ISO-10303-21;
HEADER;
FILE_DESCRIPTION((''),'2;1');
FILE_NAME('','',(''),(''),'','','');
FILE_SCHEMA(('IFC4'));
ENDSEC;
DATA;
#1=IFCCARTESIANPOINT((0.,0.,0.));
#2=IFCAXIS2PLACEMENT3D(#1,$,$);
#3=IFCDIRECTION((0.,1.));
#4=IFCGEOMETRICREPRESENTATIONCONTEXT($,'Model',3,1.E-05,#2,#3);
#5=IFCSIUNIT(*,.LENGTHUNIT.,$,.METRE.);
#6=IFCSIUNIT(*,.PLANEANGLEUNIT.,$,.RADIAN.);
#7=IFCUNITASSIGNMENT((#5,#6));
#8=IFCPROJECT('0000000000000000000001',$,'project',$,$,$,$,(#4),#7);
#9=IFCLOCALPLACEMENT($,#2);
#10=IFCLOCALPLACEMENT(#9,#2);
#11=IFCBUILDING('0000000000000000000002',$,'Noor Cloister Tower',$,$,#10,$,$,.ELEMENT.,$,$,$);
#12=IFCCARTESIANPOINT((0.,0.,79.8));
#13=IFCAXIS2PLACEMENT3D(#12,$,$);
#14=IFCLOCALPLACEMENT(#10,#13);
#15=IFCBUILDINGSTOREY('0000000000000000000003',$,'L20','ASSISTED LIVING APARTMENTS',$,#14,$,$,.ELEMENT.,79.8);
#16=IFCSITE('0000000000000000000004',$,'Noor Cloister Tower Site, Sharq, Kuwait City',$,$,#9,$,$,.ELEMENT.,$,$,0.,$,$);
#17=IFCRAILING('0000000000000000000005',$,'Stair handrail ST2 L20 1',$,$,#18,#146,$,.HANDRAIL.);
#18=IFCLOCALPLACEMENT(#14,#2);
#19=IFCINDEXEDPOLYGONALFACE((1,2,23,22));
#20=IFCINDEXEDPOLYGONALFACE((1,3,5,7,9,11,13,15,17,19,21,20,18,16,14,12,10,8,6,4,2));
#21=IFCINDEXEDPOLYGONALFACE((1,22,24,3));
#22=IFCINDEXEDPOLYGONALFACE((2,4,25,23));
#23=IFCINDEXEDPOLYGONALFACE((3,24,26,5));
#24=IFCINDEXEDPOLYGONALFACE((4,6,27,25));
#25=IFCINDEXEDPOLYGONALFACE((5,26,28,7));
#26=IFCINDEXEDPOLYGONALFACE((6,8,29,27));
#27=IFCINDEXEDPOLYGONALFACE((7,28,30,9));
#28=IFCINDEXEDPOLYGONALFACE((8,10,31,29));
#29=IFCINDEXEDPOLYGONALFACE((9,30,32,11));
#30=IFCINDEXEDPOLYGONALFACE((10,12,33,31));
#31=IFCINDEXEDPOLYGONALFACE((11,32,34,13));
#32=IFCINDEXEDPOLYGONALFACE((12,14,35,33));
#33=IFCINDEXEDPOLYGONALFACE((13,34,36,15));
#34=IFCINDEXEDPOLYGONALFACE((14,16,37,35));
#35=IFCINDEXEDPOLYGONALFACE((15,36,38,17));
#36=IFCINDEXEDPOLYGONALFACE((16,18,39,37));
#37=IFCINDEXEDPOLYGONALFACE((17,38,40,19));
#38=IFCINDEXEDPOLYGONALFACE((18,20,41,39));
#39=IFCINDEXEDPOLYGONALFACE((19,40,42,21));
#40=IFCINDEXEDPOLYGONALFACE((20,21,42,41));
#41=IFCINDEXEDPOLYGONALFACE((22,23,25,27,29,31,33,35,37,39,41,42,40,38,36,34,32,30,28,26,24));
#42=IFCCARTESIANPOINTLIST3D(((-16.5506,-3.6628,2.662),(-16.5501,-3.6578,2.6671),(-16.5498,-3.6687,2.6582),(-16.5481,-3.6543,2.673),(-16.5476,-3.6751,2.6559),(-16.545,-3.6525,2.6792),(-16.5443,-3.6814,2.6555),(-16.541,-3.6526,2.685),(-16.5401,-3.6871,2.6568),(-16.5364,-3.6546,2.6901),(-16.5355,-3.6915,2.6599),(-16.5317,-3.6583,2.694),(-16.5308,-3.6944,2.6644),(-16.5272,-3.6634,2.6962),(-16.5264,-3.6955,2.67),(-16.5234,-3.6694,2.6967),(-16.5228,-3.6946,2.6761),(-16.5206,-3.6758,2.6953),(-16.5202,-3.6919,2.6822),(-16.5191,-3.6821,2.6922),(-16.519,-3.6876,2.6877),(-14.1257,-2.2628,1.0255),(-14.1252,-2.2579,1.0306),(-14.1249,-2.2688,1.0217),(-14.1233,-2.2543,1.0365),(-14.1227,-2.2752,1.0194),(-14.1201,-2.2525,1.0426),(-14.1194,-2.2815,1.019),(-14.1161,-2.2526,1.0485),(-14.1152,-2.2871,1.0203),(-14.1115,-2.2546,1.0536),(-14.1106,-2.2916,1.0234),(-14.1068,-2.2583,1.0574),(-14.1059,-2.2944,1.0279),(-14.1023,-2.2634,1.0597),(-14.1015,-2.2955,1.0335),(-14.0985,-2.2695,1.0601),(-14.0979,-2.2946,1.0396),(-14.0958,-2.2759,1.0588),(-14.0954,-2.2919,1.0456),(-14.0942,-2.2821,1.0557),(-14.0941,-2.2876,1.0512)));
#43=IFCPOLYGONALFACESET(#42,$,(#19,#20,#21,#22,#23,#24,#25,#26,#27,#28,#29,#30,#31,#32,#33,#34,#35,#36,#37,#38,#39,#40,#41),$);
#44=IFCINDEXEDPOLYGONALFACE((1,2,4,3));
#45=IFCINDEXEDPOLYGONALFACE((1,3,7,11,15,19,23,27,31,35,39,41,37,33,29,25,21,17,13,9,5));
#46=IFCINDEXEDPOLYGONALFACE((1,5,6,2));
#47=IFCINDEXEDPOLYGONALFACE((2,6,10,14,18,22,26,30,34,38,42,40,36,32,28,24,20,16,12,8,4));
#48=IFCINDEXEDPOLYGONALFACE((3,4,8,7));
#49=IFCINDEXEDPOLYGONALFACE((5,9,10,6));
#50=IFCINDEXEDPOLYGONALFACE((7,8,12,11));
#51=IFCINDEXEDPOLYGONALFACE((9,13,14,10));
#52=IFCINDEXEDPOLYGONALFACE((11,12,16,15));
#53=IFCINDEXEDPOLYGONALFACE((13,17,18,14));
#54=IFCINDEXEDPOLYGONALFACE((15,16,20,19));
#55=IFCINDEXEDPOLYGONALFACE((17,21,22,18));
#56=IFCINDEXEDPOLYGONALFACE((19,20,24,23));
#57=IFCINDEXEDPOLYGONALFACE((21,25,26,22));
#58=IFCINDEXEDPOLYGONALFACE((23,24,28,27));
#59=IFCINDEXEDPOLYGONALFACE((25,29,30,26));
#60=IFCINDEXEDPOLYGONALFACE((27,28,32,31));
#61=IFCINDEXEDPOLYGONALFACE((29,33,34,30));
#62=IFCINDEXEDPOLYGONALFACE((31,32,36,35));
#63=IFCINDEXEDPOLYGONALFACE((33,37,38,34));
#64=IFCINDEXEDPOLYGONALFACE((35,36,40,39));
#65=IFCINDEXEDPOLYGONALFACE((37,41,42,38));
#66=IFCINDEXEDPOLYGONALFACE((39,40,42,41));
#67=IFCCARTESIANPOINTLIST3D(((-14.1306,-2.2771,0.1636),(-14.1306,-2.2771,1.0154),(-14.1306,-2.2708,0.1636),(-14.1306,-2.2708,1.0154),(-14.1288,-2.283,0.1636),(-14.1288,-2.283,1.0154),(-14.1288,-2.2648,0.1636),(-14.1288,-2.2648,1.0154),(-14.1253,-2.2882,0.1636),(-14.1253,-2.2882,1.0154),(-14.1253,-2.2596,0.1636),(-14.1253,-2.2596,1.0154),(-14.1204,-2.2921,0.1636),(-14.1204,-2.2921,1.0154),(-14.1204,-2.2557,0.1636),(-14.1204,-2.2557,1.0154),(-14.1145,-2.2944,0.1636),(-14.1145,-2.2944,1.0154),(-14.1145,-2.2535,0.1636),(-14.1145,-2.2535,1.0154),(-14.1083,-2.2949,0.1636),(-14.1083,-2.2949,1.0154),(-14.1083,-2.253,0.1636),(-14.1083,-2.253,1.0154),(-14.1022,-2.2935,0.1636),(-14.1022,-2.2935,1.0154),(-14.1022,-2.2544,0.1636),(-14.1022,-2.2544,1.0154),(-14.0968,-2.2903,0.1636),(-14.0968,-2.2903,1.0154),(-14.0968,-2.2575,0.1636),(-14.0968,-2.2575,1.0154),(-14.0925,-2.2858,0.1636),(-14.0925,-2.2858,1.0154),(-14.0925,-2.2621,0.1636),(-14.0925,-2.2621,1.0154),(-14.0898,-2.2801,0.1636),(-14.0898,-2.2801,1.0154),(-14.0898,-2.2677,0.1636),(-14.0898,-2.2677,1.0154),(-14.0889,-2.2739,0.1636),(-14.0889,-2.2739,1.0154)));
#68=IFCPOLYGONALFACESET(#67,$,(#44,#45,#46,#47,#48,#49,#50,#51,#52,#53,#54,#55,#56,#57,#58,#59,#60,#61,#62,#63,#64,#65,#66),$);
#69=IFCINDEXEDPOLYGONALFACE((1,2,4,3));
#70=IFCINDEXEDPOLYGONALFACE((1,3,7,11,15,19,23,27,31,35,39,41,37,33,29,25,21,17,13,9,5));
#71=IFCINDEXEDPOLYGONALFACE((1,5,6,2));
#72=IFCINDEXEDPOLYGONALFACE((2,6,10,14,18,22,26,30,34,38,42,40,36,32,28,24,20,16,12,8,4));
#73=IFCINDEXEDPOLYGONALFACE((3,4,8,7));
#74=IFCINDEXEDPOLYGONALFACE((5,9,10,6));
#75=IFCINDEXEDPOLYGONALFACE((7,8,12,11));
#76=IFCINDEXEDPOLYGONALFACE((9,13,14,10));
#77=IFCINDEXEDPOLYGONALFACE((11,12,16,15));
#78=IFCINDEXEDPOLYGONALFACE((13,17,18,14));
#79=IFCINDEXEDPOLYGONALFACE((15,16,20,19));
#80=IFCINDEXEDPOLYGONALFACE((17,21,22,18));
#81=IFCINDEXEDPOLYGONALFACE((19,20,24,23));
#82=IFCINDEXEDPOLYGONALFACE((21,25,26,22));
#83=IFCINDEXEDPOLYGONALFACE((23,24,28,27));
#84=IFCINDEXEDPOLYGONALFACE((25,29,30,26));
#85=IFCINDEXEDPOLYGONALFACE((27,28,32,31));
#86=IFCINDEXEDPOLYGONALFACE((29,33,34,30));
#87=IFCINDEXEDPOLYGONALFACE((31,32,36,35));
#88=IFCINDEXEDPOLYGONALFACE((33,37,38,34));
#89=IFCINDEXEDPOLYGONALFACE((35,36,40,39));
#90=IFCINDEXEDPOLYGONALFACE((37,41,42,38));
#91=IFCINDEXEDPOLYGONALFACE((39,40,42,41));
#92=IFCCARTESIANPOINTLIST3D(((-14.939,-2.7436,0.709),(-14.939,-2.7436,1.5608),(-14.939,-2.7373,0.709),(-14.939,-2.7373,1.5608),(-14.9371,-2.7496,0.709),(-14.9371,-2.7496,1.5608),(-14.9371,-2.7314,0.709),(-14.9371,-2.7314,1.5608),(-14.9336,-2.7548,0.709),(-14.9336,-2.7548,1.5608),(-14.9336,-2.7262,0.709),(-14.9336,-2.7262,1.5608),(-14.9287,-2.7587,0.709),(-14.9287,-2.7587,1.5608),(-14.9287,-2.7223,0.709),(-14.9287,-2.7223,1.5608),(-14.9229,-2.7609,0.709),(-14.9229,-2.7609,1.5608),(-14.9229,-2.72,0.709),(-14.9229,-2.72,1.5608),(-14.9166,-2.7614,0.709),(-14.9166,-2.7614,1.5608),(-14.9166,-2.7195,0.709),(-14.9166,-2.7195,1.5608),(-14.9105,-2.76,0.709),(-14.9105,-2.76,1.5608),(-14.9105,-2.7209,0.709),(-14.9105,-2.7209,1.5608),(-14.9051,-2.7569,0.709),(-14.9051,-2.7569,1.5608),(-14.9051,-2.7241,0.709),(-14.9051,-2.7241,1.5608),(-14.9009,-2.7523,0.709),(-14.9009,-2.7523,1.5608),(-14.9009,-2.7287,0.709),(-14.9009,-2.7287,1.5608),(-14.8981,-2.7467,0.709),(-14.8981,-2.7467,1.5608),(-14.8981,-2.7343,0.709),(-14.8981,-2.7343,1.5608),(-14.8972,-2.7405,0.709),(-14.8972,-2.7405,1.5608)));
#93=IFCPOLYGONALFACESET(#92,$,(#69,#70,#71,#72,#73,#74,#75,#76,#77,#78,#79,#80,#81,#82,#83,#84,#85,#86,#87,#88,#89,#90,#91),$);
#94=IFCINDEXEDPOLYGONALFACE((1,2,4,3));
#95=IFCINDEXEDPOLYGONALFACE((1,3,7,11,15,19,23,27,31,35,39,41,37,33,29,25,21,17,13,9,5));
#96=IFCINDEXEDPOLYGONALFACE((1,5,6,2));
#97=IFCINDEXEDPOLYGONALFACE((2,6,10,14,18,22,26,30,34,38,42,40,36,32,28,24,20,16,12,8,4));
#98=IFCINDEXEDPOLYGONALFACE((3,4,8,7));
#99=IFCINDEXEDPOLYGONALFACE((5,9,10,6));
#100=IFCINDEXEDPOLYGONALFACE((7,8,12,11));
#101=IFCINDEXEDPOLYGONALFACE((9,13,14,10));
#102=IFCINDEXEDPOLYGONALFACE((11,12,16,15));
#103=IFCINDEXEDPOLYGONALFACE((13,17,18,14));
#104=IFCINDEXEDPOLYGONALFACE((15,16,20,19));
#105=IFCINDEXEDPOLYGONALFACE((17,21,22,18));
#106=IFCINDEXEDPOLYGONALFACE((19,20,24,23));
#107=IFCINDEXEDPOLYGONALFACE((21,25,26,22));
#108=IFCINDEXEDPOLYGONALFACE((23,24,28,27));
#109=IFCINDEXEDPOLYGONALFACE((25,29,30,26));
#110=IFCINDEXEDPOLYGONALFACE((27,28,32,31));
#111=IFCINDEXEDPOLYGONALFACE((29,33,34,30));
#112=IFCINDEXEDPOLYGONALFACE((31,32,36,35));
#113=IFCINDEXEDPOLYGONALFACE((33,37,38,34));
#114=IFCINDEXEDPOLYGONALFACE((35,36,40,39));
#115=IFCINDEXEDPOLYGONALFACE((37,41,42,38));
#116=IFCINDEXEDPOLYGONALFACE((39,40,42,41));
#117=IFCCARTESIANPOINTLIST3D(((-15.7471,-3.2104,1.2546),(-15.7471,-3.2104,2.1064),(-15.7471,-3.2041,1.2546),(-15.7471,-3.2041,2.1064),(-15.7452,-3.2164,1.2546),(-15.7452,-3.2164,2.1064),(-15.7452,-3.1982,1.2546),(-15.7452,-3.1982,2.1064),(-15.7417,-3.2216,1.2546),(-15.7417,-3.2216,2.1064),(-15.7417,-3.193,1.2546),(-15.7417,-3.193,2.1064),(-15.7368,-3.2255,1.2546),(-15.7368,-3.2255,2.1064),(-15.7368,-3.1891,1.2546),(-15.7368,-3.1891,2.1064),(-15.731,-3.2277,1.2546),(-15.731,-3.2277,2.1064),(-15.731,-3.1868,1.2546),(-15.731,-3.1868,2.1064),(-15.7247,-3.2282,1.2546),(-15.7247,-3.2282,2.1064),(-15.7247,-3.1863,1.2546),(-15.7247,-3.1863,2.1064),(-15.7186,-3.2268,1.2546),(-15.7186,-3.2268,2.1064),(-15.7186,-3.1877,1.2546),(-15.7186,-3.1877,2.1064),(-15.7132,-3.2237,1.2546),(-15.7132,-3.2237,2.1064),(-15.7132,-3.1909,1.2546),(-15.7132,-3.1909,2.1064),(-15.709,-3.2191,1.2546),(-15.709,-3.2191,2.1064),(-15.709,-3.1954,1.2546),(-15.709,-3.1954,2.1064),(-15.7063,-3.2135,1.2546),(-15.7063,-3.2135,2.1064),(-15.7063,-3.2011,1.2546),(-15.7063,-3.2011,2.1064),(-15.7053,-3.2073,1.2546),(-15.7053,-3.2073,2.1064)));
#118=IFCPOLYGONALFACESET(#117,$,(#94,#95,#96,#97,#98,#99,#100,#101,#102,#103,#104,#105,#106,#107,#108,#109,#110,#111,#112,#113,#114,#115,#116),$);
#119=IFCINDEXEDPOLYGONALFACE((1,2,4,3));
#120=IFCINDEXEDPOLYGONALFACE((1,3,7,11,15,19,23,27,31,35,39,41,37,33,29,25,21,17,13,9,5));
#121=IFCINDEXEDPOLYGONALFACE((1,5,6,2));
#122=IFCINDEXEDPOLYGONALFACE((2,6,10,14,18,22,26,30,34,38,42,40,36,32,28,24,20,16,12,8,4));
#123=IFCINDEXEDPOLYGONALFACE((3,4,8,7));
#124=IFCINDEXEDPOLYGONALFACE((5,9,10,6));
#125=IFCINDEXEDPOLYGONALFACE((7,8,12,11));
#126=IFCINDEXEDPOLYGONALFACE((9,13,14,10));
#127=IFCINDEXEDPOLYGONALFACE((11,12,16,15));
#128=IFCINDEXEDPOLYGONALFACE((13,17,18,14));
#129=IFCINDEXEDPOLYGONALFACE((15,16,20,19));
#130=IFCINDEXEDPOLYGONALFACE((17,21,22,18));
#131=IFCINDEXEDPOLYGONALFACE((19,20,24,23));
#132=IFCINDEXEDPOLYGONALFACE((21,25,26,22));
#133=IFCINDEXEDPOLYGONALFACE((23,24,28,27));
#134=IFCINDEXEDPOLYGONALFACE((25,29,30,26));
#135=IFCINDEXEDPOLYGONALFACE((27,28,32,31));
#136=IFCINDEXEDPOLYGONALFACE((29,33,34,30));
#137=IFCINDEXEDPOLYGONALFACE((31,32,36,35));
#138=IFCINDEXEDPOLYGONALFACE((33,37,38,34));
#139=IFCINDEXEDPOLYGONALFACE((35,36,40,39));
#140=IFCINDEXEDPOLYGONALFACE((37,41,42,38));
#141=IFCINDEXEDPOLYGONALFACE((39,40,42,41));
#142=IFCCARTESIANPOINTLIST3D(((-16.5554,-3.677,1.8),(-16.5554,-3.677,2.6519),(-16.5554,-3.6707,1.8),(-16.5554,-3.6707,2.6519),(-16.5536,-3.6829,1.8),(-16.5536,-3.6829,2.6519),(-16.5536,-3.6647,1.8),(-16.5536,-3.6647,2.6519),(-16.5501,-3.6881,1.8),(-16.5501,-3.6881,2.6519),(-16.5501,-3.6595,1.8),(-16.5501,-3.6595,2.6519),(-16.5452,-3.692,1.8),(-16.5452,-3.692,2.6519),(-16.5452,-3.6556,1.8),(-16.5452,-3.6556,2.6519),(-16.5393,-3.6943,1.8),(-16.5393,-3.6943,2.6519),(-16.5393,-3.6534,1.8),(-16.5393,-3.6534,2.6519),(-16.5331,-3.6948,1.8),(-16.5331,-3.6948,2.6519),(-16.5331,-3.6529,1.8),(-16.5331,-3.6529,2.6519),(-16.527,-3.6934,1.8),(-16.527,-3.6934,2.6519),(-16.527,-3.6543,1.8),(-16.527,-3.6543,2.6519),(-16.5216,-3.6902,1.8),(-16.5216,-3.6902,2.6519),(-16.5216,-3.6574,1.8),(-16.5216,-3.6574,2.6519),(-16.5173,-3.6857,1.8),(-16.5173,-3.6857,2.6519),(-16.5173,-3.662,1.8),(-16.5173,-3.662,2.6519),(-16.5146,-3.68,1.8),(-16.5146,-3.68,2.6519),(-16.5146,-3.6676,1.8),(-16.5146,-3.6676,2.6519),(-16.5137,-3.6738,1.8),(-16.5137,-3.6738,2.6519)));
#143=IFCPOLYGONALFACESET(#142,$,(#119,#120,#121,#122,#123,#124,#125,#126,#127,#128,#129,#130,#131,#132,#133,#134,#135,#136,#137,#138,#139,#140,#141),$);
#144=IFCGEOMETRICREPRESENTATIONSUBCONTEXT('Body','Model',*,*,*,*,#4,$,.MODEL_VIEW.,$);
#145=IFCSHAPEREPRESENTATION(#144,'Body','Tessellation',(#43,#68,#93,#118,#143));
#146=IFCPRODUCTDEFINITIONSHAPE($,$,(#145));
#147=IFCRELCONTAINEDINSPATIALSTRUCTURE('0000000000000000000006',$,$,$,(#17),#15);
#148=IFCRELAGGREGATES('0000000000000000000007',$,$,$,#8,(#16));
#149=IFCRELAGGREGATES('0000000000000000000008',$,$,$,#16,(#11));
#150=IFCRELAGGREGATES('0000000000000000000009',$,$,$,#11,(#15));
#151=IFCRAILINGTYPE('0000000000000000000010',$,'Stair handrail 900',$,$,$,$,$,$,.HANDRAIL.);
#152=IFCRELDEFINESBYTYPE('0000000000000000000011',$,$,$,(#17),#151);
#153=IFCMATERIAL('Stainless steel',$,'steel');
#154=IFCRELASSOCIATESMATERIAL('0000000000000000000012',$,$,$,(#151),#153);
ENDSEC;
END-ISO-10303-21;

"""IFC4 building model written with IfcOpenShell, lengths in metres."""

from ifc_helpers import new_model, si_unit, direction, frame, origin, origin_2d, place, context, subcontext, project, spatial, circle, extrude, material, type_object, element, save


model = new_model("IFC4")

# Units and contexts
model_context = context("Model", 3, precision=1e-05, world=origin(), true_north=direction((0.0, 1.0)))
body_context = subcontext(model_context, "Body", "Model", "MODEL_VIEW")
ifc_project = project(units=[si_unit("LENGTHUNIT", "METRE"), si_unit("PLANEANGLEUNIT", "RADIAN")], contexts=[model_context])

# Site, building, storey
site_placement = place(None, origin())
site = spatial("IfcSite", under=ifc_project, at=site_placement, Name="Noor Cloister Tower Site, Sharq, Kuwait City", CompositionType="ELEMENT", RefElevation=0.0)
building_placement = place(site_placement, origin())
building = spatial("IfcBuilding", under=site, at=building_placement, Name="Noor Cloister Tower", CompositionType="ELEMENT")
storey_placement = place(building_placement, frame((0.0, 0.0, 79.8)))
storey = spatial("IfcBuildingStorey", under=building, at=storey_placement, Name="L20", Description="ASSISTED LIVING APARTMENTS", CompositionType="ELEMENT", Elevation=79.8)

# Railing
ifc_material_1 = material(Name="Stainless steel", Category="steel")
railing_type_1 = type_object("IfcRailingType", Name="Stair handrail 900", PredefinedType="HANDRAIL", material=ifc_material_1)
railing_1_placement = place(storey_placement, frame((-14.1099, -2.2739, 0.1636)))
element("IfcRailing", 1, at=railing_1_placement, inside=storey, type_object=railing_type_1, Name="Stair handrail ST2 L20 1", PredefinedType="HANDRAIL", context=body_context, shape_type="SweptSolid", body=[
    extrude(circle(Radius=0.0239, at=origin_2d()), frame((0.0, 0.0, 0.876), z_axis=(-0.74769, -0.431661, 0.504608), x_axis=(0.499984, -0.866035, 0.0)), (0.0, 0.0, 1.0), 3.2432),
    extrude(circle(Radius=0.021, at=origin_2d()), origin(), (0.0, 0.0, 1.0), 0.8518),
    extrude(circle(Radius=0.021, at=origin_2d()), frame((-0.8083, -0.4666, 0.5454)), (0.0, 0.0, 1.0), 0.8518),
    extrude(circle(Radius=0.021, at=origin_2d()), frame((-1.6165, -0.9333, 1.0911)), (0.0, 0.0, 1.0), 0.8518),
    extrude(circle(Radius=0.021, at=origin_2d()), frame((-2.4248, -1.3999, 1.6365)), (0.0, 0.0, 1.0), 0.8518),
])

save(model, "model.ifc")
